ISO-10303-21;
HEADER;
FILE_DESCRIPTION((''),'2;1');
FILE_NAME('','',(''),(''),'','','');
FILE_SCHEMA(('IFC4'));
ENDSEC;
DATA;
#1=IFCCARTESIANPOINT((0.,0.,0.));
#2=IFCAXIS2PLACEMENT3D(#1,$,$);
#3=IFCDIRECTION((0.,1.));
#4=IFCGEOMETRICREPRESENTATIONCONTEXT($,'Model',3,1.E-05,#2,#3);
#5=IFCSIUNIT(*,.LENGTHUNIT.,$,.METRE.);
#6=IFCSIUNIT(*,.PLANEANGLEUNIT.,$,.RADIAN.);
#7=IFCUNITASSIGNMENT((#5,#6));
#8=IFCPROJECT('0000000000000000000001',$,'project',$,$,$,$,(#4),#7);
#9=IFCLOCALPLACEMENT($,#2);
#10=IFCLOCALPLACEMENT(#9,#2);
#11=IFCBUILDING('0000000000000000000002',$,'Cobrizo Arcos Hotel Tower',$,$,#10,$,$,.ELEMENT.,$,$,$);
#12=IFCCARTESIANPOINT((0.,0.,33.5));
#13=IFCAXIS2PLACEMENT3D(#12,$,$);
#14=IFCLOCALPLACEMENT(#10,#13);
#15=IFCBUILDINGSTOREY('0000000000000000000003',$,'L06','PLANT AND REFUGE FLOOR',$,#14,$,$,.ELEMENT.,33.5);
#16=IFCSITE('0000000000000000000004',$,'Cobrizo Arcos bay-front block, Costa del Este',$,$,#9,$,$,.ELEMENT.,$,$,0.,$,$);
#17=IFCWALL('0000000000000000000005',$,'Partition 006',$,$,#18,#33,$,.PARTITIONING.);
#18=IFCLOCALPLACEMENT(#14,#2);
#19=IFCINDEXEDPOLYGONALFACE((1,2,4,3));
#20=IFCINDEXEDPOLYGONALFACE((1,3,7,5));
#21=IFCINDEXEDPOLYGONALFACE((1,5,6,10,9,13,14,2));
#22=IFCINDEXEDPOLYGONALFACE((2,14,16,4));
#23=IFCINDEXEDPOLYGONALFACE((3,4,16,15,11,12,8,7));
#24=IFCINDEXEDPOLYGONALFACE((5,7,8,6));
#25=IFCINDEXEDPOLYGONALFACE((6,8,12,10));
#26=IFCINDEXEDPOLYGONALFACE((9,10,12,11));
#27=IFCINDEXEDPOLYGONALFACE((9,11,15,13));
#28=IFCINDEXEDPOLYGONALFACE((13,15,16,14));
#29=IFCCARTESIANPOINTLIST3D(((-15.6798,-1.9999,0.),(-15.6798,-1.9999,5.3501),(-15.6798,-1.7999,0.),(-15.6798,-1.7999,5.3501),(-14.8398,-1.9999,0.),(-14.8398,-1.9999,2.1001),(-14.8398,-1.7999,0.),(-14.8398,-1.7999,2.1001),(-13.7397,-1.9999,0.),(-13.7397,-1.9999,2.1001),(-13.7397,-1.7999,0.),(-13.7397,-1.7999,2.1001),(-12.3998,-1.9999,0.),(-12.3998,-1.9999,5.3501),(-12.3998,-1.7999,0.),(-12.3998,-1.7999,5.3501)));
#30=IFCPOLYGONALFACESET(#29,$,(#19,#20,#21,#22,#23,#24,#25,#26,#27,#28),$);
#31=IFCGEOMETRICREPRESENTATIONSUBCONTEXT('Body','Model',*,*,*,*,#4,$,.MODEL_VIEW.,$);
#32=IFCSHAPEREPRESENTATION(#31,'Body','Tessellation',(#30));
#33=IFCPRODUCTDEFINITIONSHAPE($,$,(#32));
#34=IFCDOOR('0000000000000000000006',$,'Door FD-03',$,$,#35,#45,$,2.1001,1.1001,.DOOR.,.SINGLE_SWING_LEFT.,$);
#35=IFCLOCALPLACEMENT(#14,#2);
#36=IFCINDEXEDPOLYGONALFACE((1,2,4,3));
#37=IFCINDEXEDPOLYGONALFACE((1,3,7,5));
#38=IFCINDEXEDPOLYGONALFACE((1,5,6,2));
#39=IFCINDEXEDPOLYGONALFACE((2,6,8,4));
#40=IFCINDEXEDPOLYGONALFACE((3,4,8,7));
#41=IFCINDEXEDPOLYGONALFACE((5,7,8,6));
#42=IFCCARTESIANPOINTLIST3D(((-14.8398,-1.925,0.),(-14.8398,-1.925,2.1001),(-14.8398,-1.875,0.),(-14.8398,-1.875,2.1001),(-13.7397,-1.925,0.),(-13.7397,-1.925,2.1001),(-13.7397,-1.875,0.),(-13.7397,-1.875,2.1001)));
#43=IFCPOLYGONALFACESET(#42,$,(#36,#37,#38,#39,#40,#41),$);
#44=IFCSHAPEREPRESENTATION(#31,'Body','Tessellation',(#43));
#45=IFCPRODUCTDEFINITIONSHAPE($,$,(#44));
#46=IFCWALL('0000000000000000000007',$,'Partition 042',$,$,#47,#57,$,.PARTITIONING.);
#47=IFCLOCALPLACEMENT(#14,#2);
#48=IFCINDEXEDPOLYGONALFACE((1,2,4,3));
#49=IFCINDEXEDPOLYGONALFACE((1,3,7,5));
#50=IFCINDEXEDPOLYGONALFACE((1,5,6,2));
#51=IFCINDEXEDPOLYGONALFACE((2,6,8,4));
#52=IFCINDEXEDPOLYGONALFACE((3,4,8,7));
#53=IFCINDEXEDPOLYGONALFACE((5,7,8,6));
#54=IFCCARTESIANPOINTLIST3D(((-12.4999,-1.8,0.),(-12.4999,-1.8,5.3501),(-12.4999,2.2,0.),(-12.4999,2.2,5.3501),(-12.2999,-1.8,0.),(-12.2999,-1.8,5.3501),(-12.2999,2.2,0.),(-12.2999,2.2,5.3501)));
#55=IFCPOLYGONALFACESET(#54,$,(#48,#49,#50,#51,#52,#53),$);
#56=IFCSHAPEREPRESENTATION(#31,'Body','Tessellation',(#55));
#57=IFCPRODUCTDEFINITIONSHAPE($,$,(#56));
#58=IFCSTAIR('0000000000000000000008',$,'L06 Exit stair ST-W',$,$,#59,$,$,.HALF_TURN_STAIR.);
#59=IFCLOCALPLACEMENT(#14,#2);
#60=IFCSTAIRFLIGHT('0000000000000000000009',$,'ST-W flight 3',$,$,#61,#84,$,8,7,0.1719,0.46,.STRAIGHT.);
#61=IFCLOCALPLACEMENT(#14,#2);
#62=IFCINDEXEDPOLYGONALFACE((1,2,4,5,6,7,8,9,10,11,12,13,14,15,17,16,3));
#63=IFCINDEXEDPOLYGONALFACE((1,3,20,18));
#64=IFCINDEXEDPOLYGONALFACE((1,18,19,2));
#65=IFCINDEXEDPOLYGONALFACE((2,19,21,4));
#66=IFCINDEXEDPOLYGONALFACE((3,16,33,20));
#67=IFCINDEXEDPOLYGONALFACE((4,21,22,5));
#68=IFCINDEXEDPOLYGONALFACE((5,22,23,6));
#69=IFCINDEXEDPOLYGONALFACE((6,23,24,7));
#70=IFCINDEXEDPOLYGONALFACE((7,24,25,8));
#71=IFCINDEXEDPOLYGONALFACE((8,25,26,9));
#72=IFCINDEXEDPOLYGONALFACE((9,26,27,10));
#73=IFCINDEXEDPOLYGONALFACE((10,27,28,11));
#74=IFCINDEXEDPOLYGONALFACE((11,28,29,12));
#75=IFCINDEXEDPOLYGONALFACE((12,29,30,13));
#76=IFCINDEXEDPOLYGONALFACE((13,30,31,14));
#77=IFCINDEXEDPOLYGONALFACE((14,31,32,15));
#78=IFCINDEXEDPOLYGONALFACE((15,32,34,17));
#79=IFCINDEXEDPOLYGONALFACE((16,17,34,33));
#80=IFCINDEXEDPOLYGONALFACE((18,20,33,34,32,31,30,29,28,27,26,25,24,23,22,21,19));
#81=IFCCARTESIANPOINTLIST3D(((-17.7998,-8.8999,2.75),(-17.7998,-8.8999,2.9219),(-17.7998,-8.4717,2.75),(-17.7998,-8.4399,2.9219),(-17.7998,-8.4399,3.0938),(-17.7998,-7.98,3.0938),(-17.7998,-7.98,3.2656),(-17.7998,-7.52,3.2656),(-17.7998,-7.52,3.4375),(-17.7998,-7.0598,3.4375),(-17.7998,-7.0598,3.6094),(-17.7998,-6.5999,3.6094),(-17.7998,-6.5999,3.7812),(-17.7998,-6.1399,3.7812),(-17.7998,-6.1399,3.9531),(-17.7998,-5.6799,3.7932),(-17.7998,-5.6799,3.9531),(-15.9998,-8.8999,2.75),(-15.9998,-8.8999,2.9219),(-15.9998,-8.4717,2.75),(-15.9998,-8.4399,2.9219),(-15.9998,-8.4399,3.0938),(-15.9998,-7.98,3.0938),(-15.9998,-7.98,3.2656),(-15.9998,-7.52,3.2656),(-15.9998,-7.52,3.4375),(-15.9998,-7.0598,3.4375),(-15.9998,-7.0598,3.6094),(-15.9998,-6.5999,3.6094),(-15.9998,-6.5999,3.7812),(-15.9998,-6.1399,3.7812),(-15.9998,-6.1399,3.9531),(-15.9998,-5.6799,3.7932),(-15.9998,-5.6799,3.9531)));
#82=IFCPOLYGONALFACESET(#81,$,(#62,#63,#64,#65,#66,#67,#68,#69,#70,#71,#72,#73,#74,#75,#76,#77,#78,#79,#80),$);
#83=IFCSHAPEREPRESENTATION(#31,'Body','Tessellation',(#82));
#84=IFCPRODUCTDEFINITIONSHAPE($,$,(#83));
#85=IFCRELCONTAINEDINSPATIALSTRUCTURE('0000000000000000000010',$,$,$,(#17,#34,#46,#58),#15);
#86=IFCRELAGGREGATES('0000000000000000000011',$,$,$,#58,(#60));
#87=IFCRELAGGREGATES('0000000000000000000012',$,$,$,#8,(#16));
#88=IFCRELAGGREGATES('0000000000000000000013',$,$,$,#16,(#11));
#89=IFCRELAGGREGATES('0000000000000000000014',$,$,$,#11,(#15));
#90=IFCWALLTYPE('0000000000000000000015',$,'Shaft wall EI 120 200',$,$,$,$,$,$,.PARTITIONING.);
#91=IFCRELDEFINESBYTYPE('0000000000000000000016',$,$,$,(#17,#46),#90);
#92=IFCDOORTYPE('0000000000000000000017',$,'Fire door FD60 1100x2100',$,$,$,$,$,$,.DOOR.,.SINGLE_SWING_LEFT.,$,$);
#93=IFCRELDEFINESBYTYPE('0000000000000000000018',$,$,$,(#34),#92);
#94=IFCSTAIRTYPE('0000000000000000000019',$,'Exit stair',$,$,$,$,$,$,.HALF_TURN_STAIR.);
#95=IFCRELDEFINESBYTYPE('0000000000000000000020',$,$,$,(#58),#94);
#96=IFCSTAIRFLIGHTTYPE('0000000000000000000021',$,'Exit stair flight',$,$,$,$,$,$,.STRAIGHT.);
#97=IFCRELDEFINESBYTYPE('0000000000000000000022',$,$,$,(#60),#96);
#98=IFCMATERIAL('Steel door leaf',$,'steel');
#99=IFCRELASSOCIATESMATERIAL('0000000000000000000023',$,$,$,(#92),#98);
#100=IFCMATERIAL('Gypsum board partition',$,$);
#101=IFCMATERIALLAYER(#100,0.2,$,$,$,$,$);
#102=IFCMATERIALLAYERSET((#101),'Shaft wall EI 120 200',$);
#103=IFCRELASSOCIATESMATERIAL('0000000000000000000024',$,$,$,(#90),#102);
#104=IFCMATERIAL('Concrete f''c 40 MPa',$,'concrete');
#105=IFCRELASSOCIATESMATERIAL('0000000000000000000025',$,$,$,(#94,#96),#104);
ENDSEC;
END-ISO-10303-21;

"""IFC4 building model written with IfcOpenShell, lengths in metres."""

from ifc_helpers import new_model, si_unit, direction, frame, frame_2d, origin, place, context, subcontext, project, spatial, polyline, rectangle, outline, extrude, material, layer, layer_set, type_object, element, fill, aggregate, save


model = new_model("IFC4")

# Units and contexts
model_context = context("Model", 3, precision=1e-05, world=origin(), true_north=direction((0.0, 1.0)))
body_context = subcontext(model_context, "Body", "Model", "MODEL_VIEW")
ifc_project = project(units=[si_unit("LENGTHUNIT", "METRE"), si_unit("PLANEANGLEUNIT", "RADIAN")], contexts=[model_context])

# Site, building, storey
site_placement = place(None, origin())
site = spatial("IfcSite", under=ifc_project, at=site_placement, Name="Cobrizo Arcos bay-front block, Costa del Este", CompositionType="ELEMENT", RefElevation=0.0)
building_placement = place(site_placement, origin())
building = spatial("IfcBuilding", under=site, at=building_placement, Name="Cobrizo Arcos Hotel Tower", CompositionType="ELEMENT")
storey_placement = place(building_placement, frame((0.0, 0.0, 33.5)))
storey = spatial("IfcBuildingStorey", under=building, at=storey_placement, Name="L06", Description="PLANT AND REFUGE FLOOR", CompositionType="ELEMENT", Elevation=33.5)

# Shared definitions
ifc_material_1 = material(Name="Gypsum board partition")

# Shared definitions
ifc_material_2 = material(Name="Steel door leaf", Category="steel")
door_type_1 = type_object("IfcDoorType", Name="Fire door FD60 1100x2100", OperationType="SINGLE_SWING_LEFT", PredefinedType="DOOR", material=ifc_material_2)

# Wall, opening, door
ifc_layer_1 = layer(ifc_material_1, 0.2)
ifc_layer_set_1 = layer_set([ifc_layer_1], Name="Shaft wall EI 120 200")
wall_type_1 = type_object("IfcWallType", Name="Shaft wall EI 120 200", PredefinedType="PARTITIONING", material=ifc_layer_set_1)
wall_1_placement = place(storey_placement, frame((-15.6799, -1.8999, 0.0), z_axis=(0.0, 0.0, 1.0), x_axis=(1.0, 0.0, 0.0)))
wall_1 = element("IfcWall", 1, at=wall_1_placement, inside=storey, type_object=wall_type_1, Name="Partition 006", PredefinedType="PARTITIONING", context=body_context, shape_type="SweptSolid", body=[
    extrude(rectangle(XDim=3.28, YDim=0.2, at=frame_2d((1.6401, 0.0))), origin(), (0.0, 0.0, 1.0), 5.3501),
])
opening_1_placement = place(wall_1_placement, frame((0.8401, 0.0, 0.0)))
opening_1 = element("IfcOpeningElement", 2, at=opening_1_placement, cuts=wall_1, PredefinedType="OPENING", context=body_context, shape_type="SweptSolid", body=[
    extrude(rectangle(XDim=1.1001, YDim=2.1001, at=frame_2d((0.55, 1.05))), frame((0.0, 0.1121, 0.0), z_axis=(0.0, -1.0, 0.0), x_axis=(1.0, 0.0, 0.0)), (0.0, 0.0, 1.0), 0.2239),
])
door_1_placement = place(opening_1_placement, origin())
door_1 = element("IfcDoor", 3, at=door_1_placement, inside=storey, type_object=door_type_1, Name="Door FD-03", OperationType="SINGLE_SWING_LEFT", OverallHeight=2.1001, OverallWidth=1.1001, PredefinedType="DOOR", context=body_context, shape_type="SweptSolid", body=[
    extrude(rectangle(XDim=1.1001, YDim=2.1001, at=frame_2d((0.55, 1.05))), frame((0.0, 0.0249, 0.0), z_axis=(0.0, -1.0, 0.0), x_axis=(1.0, 0.0, 0.0)), (0.0, 0.0, 1.0), 0.05),
])
fill(opening_1, door_1)

# Wall
wall_2_placement = place(storey_placement, frame((-12.3999, -1.8, 0.0), z_axis=(0.0, 0.0, 1.0), x_axis=(0.0, 1.0, 0.0)))
element("IfcWall", 4, at=wall_2_placement, inside=storey, type_object=wall_type_1, Name="Partition 042", PredefinedType="PARTITIONING", context=body_context, shape_type="SweptSolid", body=[
    extrude(rectangle(XDim=4.0, YDim=0.2, at=frame_2d((2.0, 0.0))), origin(), (0.0, 0.0, 1.0), 5.3501),
])

# Stair, stair flight
ifc_material_3 = material(Name="Concrete f'c 40 MPa", Category="concrete")
stair_type = type_object("IfcStairType", Name="Exit stair", PredefinedType="HALF_TURN_STAIR", material=ifc_material_3)
stair_placement = place(storey_placement, origin())
stair = element("IfcStair", 5, at=stair_placement, inside=storey, type_object=stair_type, Name="L06 Exit stair ST-W", PredefinedType="HALF_TURN_STAIR")
stair_flight_type = type_object("IfcStairFlightType", Name="Exit stair flight", PredefinedType="STRAIGHT", material=ifc_material_3)
stair_flight_placement = place(storey_placement, frame((-16.8999, -8.8999, 2.75), z_axis=(0.0, 0.0, 1.0), x_axis=(0.0, 1.0, 0.0)))
stair_flight = element("IfcStairFlight", 6, at=stair_flight_placement, type_object=stair_flight_type, Name="ST-W flight 3", NumberOfRisers=8, NumberOfTreads=7, PredefinedType="STRAIGHT", RiserHeight=0.1719, TreadLength=0.46, context=body_context, shape_type="SweptSolid", body=[
    extrude(outline(polyline([(0.0, 0.0), (0.0, 0.1719), (0.46, 0.1719), (0.46, 0.3438), (0.9199, 0.3438), (0.9199, 0.5156), (1.3799, 0.5156), (1.3799, 0.6875), (1.8401, 0.6875), (1.8401, 0.8594), (2.3, 0.8594), (2.3, 1.0312), (2.76, 1.0312), (2.76, 1.2031), (3.22, 1.2031), (3.22, 1.375), (3.22, 1.0432), (0.4282, 0.0), (0.0, 0.0)])), frame((0.0, 0.8999, 0.0), z_axis=(0.0, -1.0, 0.0), x_axis=(1.0, 0.0, 0.0)), (0.0, 0.0, 1.0), 1.8),
])
aggregate(stair, [stair_flight])

save(model, "model.ifc")
